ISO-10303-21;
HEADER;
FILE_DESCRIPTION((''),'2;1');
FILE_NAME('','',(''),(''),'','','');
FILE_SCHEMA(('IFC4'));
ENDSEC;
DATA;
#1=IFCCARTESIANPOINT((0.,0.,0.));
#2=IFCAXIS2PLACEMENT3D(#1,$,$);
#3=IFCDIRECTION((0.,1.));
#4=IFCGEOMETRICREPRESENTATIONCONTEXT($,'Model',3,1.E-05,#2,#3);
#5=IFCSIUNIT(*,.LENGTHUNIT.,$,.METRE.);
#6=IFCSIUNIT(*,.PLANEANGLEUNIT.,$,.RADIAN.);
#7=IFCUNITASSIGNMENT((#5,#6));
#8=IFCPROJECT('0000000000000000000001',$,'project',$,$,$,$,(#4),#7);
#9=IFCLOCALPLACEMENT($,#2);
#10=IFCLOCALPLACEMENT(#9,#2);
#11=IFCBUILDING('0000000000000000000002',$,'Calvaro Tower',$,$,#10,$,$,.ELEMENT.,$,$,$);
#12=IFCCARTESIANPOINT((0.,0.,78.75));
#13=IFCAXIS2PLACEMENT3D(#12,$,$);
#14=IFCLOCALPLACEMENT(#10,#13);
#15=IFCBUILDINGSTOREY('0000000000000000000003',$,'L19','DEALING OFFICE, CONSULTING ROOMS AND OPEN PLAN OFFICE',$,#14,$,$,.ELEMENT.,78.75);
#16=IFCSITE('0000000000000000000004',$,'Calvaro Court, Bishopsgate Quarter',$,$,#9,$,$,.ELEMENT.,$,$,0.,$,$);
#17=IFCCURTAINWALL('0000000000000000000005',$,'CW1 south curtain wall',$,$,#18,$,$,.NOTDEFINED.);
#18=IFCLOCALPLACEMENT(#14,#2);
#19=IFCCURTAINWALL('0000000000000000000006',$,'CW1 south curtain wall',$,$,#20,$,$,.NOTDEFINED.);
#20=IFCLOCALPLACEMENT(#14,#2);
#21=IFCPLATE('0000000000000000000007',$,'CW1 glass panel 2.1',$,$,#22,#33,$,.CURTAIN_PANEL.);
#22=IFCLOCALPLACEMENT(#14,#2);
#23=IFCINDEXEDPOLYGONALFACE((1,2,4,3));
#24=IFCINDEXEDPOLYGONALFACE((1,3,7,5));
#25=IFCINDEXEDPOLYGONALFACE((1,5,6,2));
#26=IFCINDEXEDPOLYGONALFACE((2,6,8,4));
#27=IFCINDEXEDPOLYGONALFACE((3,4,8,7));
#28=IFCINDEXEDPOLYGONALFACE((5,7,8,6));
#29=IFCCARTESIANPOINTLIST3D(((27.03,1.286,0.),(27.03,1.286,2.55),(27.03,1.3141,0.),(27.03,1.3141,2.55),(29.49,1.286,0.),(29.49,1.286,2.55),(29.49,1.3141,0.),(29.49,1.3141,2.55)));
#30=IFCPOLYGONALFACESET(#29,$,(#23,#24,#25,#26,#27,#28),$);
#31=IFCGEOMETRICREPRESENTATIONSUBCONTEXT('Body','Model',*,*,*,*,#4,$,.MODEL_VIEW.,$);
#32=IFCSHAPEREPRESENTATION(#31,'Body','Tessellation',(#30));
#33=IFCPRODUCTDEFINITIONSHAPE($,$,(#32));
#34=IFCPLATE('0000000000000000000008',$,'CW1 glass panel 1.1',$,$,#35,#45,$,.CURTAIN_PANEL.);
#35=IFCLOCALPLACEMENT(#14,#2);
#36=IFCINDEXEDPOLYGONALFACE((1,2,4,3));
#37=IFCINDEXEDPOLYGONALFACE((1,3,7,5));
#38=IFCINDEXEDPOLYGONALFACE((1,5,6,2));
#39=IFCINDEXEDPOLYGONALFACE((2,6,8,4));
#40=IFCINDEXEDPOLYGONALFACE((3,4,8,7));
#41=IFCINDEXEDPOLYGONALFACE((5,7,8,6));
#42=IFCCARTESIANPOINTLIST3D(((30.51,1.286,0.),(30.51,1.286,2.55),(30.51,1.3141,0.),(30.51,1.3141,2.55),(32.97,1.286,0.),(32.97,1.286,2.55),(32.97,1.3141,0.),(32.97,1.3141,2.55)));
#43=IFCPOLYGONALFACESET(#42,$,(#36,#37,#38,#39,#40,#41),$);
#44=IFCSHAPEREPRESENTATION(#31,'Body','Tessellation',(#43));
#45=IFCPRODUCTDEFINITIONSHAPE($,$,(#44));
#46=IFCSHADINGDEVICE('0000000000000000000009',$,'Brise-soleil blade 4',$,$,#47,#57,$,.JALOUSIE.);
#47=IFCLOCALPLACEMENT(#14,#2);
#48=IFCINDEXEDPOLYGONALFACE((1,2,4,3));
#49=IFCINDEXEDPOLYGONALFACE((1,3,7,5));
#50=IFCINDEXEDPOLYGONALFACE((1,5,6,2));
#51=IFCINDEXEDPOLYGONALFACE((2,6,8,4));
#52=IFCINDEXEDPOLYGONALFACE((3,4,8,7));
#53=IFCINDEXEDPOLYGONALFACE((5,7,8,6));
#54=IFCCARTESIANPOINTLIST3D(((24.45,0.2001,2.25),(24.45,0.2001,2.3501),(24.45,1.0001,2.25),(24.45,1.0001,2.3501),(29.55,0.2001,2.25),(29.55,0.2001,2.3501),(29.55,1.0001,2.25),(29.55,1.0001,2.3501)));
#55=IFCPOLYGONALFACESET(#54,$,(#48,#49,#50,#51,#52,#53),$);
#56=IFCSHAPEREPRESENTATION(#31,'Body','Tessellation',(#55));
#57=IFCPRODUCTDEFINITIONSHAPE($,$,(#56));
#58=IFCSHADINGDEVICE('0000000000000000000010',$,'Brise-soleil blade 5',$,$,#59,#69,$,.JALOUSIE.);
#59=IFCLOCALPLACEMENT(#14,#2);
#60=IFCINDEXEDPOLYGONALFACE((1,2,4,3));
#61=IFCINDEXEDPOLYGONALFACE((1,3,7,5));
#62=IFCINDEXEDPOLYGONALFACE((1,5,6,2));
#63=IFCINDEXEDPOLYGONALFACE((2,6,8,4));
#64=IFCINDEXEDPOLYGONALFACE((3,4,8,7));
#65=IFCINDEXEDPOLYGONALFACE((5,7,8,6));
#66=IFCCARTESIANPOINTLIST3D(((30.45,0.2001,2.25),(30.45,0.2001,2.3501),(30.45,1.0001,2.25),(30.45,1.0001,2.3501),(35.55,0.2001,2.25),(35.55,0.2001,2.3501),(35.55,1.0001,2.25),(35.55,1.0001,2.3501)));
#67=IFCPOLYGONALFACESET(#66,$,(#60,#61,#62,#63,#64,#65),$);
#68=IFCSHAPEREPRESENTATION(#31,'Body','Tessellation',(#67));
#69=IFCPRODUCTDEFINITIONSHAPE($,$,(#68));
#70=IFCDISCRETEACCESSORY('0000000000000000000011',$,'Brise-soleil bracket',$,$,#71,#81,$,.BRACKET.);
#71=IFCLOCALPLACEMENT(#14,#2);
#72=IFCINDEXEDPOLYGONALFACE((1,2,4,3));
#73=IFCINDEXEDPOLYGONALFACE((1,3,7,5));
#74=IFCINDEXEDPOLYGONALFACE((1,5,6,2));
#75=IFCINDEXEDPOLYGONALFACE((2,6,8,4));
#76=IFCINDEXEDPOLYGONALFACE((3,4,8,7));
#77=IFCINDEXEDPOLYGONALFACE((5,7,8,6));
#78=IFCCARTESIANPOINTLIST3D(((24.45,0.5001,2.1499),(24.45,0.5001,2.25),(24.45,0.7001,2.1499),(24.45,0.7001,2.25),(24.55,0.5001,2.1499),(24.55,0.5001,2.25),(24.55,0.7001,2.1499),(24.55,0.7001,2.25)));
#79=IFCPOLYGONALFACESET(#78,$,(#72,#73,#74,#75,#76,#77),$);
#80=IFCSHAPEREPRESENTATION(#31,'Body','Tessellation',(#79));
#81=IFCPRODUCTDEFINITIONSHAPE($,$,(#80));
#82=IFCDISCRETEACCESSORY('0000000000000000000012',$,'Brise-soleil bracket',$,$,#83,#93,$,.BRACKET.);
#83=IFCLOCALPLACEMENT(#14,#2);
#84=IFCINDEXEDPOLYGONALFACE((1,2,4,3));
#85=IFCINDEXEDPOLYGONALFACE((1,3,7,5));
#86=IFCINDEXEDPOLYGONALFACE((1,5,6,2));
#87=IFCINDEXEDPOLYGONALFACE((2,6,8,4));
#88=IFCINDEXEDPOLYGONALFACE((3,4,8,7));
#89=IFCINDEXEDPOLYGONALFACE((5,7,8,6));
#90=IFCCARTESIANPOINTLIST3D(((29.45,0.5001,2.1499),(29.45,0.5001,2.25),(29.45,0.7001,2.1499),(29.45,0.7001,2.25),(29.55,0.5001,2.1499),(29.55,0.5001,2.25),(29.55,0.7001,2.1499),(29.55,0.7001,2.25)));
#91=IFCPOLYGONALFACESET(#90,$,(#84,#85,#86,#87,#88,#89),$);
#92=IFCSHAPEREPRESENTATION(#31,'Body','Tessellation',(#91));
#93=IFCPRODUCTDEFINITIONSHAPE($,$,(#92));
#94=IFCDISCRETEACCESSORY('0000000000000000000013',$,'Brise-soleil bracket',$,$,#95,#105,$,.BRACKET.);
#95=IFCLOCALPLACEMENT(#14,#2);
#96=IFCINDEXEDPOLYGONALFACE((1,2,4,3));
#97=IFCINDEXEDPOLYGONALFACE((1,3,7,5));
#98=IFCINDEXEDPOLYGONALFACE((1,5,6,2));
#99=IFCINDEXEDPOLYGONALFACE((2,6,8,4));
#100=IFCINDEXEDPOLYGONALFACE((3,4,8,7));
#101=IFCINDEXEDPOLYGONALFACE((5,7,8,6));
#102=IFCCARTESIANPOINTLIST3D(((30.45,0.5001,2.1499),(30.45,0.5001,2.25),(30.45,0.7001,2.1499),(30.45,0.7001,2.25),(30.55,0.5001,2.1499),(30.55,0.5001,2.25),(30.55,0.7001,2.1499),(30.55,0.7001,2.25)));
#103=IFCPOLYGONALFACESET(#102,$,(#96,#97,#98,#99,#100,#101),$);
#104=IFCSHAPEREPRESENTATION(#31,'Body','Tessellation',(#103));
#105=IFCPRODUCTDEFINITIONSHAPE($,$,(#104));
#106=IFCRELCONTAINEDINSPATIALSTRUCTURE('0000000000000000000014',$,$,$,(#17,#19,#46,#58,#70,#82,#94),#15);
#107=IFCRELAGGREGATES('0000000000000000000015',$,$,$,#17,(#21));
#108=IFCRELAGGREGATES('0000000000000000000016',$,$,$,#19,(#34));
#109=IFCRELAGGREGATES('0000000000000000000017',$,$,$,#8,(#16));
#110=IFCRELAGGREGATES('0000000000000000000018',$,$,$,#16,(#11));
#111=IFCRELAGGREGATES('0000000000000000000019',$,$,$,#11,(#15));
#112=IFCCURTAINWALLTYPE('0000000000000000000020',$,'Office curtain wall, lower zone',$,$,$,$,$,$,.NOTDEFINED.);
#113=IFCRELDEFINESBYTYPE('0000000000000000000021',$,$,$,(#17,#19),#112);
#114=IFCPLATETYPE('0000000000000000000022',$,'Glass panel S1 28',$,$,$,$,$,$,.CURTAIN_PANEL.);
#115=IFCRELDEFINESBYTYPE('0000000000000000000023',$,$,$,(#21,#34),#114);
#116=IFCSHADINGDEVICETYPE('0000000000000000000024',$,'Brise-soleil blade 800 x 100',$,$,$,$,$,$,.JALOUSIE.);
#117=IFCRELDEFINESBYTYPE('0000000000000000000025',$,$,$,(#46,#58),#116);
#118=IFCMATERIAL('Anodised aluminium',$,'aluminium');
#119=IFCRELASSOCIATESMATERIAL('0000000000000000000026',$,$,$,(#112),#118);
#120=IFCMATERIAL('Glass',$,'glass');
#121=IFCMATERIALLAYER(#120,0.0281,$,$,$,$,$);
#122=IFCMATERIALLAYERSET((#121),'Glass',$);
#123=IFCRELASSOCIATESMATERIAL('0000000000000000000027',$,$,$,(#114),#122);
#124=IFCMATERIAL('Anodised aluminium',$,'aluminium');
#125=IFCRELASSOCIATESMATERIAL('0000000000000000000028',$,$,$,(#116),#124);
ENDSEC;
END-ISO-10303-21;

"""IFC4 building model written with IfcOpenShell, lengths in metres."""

from ifc_helpers import new_model, si_unit, direction, frame, origin, origin_2d, place, context, subcontext, project, spatial, rectangle, extrude, material, layer, layer_set, material_profile, profile_set, type_object, element, aggregate, save


model = new_model("IFC4")

# Units and contexts
model_context = context("Model", 3, precision=1e-05, world=origin(), true_north=direction((0.0, 1.0)))
body_context = subcontext(model_context, "Body", "Model", "MODEL_VIEW")
ifc_project = project(units=[si_unit("LENGTHUNIT", "METRE"), si_unit("PLANEANGLEUNIT", "RADIAN")], contexts=[model_context])

# Site, building, storey
site_placement = place(None, origin())
site = spatial("IfcSite", under=ifc_project, at=site_placement, Name="Calvaro Court, Bishopsgate Quarter", CompositionType="ELEMENT", RefElevation=0.0)
building_placement = place(site_placement, origin())
building = spatial("IfcBuilding", under=site, at=building_placement, Name="Calvaro Tower", CompositionType="ELEMENT")
storey_placement = place(building_placement, frame((0.0, 0.0, 78.75)))
storey = spatial("IfcBuildingStorey", under=building, at=storey_placement, Name="L19", Description="DEALING OFFICE, CONSULTING ROOMS AND OPEN PLAN OFFICE", CompositionType="ELEMENT", Elevation=78.75)

# Curtain walls
ifc_material_1 = material(Name="Anodised aluminium", Category="aluminium")
curtain_wall_type = type_object("IfcCurtainWallType", Name="Office curtain wall, lower zone", PredefinedType="NOTDEFINED", material=ifc_material_1)
curtain_wall_1_placement = place(storey_placement, origin())
curtain_wall_1 = element("IfcCurtainWall", 1, at=curtain_wall_1_placement, inside=storey, type_object=curtain_wall_type, Name="CW1 south curtain wall", PredefinedType="NOTDEFINED")
curtain_wall_2_placement = place(storey_placement, origin())
curtain_wall_2 = element("IfcCurtainWall", 2, at=curtain_wall_2_placement, inside=storey, type_object=curtain_wall_type, Name="CW1 south curtain wall", PredefinedType="NOTDEFINED")

# Plates
ifc_material_2 = material(Name="Glass", Category="glass")
ifc_layer = layer(ifc_material_2, 0.0281)
ifc_layer_set = layer_set([ifc_layer], Name="Glass")
plate_type = type_object("IfcPlateType", Name="Glass panel S1 28", PredefinedType="CURTAIN_PANEL", material=ifc_layer_set)
plate_1_placement = place(storey_placement, frame((28.26, 1.3, 0.0), z_axis=(0.0, 0.0, 1.0), x_axis=(1.0, 0.0, 0.0)))
plate_1 = element("IfcPlate", 3, at=plate_1_placement, type_object=plate_type, Name="CW1 glass panel 2.1", PredefinedType="CURTAIN_PANEL", context=body_context, shape_type="SweptSolid", body=[
    extrude(rectangle(XDim=2.46, YDim=0.0281, at=origin_2d()), origin(), (0.0, 0.0, 1.0), 2.55),
])
aggregate(curtain_wall_1, [plate_1])
plate_2_placement = place(storey_placement, frame((31.74, 1.3, 0.0), z_axis=(0.0, 0.0, 1.0), x_axis=(1.0, 0.0, 0.0)))
plate_2 = element("IfcPlate", 4, at=plate_2_placement, type_object=plate_type, Name="CW1 glass panel 1.1", PredefinedType="CURTAIN_PANEL", context=body_context, shape_type="SweptSolid", body=[
    extrude(rectangle(XDim=2.46, YDim=0.0281, at=origin_2d()), origin(), (0.0, 0.0, 1.0), 2.55),
])
aggregate(curtain_wall_2, [plate_2])

# Shading devices
ifc_material_3 = material(Name="Anodised aluminium", Category="aluminium")
ifc_material_profile_1 = material_profile(ifc_material_3, rectangle(XDim=0.8, YDim=0.1001, at=origin_2d()), Name="Brise-soleil blade 800 x 100")
ifc_profile_set_1 = profile_set([ifc_material_profile_1], Name="Anodised aluminium")
shading_device_type = type_object("IfcShadingDeviceType", Name="Brise-soleil blade 800 x 100", PredefinedType="JALOUSIE", material=ifc_profile_set_1)
for number, where, z_axis, x_axis, name in (
    (5, (24.45, 0.6001, 2.3), (1.0, 0.0, 0.0), (0.0, 1.0, 0.0), "Brise-soleil blade 4"),
    (6, (30.45, 0.6001, 2.3), (1.0, 0.0, 0.0), (0.0, 1.0, 0.0), "Brise-soleil blade 5"),
):
    element("IfcShadingDevice", number, at=place(storey_placement, frame(where, z_axis=z_axis, x_axis=x_axis)), inside=storey, type_object=shading_device_type, Name=name, PredefinedType="JALOUSIE", context=body_context, shape_type="SweptSolid", body=[
        extrude(rectangle(XDim=0.8, YDim=0.1001, at=origin_2d()), origin(), (0.0, 0.0, 1.0), 5.1001),
    ])

# Discrete accessories
for number, where, z_axis, x_axis, name in (
    (7, (24.5, 0.6001, 2.1499), (0.0, 0.0, 1.0), (1.0, 0.0, 0.0), "Brise-soleil bracket"),
    (8, (29.5, 0.6001, 2.1499), (0.0, 0.0, 1.0), (1.0, 0.0, 0.0), "Brise-soleil bracket"),
    (9, (30.5, 0.6001, 2.1499), (0.0, 0.0, 1.0), (1.0, 0.0, 0.0), "Brise-soleil bracket"),
):
    element("IfcDiscreteAccessory", number, at=place(storey_placement, frame(where, z_axis=z_axis, x_axis=x_axis)), inside=storey, Name=name, PredefinedType="BRACKET", context=body_context, shape_type="SweptSolid", body=[
        extrude(rectangle(XDim=0.1001, YDim=0.2, at=origin_2d()), origin(), (0.0, 0.0, 1.0), 0.1001),
    ])

save(model, "model.ifc")
